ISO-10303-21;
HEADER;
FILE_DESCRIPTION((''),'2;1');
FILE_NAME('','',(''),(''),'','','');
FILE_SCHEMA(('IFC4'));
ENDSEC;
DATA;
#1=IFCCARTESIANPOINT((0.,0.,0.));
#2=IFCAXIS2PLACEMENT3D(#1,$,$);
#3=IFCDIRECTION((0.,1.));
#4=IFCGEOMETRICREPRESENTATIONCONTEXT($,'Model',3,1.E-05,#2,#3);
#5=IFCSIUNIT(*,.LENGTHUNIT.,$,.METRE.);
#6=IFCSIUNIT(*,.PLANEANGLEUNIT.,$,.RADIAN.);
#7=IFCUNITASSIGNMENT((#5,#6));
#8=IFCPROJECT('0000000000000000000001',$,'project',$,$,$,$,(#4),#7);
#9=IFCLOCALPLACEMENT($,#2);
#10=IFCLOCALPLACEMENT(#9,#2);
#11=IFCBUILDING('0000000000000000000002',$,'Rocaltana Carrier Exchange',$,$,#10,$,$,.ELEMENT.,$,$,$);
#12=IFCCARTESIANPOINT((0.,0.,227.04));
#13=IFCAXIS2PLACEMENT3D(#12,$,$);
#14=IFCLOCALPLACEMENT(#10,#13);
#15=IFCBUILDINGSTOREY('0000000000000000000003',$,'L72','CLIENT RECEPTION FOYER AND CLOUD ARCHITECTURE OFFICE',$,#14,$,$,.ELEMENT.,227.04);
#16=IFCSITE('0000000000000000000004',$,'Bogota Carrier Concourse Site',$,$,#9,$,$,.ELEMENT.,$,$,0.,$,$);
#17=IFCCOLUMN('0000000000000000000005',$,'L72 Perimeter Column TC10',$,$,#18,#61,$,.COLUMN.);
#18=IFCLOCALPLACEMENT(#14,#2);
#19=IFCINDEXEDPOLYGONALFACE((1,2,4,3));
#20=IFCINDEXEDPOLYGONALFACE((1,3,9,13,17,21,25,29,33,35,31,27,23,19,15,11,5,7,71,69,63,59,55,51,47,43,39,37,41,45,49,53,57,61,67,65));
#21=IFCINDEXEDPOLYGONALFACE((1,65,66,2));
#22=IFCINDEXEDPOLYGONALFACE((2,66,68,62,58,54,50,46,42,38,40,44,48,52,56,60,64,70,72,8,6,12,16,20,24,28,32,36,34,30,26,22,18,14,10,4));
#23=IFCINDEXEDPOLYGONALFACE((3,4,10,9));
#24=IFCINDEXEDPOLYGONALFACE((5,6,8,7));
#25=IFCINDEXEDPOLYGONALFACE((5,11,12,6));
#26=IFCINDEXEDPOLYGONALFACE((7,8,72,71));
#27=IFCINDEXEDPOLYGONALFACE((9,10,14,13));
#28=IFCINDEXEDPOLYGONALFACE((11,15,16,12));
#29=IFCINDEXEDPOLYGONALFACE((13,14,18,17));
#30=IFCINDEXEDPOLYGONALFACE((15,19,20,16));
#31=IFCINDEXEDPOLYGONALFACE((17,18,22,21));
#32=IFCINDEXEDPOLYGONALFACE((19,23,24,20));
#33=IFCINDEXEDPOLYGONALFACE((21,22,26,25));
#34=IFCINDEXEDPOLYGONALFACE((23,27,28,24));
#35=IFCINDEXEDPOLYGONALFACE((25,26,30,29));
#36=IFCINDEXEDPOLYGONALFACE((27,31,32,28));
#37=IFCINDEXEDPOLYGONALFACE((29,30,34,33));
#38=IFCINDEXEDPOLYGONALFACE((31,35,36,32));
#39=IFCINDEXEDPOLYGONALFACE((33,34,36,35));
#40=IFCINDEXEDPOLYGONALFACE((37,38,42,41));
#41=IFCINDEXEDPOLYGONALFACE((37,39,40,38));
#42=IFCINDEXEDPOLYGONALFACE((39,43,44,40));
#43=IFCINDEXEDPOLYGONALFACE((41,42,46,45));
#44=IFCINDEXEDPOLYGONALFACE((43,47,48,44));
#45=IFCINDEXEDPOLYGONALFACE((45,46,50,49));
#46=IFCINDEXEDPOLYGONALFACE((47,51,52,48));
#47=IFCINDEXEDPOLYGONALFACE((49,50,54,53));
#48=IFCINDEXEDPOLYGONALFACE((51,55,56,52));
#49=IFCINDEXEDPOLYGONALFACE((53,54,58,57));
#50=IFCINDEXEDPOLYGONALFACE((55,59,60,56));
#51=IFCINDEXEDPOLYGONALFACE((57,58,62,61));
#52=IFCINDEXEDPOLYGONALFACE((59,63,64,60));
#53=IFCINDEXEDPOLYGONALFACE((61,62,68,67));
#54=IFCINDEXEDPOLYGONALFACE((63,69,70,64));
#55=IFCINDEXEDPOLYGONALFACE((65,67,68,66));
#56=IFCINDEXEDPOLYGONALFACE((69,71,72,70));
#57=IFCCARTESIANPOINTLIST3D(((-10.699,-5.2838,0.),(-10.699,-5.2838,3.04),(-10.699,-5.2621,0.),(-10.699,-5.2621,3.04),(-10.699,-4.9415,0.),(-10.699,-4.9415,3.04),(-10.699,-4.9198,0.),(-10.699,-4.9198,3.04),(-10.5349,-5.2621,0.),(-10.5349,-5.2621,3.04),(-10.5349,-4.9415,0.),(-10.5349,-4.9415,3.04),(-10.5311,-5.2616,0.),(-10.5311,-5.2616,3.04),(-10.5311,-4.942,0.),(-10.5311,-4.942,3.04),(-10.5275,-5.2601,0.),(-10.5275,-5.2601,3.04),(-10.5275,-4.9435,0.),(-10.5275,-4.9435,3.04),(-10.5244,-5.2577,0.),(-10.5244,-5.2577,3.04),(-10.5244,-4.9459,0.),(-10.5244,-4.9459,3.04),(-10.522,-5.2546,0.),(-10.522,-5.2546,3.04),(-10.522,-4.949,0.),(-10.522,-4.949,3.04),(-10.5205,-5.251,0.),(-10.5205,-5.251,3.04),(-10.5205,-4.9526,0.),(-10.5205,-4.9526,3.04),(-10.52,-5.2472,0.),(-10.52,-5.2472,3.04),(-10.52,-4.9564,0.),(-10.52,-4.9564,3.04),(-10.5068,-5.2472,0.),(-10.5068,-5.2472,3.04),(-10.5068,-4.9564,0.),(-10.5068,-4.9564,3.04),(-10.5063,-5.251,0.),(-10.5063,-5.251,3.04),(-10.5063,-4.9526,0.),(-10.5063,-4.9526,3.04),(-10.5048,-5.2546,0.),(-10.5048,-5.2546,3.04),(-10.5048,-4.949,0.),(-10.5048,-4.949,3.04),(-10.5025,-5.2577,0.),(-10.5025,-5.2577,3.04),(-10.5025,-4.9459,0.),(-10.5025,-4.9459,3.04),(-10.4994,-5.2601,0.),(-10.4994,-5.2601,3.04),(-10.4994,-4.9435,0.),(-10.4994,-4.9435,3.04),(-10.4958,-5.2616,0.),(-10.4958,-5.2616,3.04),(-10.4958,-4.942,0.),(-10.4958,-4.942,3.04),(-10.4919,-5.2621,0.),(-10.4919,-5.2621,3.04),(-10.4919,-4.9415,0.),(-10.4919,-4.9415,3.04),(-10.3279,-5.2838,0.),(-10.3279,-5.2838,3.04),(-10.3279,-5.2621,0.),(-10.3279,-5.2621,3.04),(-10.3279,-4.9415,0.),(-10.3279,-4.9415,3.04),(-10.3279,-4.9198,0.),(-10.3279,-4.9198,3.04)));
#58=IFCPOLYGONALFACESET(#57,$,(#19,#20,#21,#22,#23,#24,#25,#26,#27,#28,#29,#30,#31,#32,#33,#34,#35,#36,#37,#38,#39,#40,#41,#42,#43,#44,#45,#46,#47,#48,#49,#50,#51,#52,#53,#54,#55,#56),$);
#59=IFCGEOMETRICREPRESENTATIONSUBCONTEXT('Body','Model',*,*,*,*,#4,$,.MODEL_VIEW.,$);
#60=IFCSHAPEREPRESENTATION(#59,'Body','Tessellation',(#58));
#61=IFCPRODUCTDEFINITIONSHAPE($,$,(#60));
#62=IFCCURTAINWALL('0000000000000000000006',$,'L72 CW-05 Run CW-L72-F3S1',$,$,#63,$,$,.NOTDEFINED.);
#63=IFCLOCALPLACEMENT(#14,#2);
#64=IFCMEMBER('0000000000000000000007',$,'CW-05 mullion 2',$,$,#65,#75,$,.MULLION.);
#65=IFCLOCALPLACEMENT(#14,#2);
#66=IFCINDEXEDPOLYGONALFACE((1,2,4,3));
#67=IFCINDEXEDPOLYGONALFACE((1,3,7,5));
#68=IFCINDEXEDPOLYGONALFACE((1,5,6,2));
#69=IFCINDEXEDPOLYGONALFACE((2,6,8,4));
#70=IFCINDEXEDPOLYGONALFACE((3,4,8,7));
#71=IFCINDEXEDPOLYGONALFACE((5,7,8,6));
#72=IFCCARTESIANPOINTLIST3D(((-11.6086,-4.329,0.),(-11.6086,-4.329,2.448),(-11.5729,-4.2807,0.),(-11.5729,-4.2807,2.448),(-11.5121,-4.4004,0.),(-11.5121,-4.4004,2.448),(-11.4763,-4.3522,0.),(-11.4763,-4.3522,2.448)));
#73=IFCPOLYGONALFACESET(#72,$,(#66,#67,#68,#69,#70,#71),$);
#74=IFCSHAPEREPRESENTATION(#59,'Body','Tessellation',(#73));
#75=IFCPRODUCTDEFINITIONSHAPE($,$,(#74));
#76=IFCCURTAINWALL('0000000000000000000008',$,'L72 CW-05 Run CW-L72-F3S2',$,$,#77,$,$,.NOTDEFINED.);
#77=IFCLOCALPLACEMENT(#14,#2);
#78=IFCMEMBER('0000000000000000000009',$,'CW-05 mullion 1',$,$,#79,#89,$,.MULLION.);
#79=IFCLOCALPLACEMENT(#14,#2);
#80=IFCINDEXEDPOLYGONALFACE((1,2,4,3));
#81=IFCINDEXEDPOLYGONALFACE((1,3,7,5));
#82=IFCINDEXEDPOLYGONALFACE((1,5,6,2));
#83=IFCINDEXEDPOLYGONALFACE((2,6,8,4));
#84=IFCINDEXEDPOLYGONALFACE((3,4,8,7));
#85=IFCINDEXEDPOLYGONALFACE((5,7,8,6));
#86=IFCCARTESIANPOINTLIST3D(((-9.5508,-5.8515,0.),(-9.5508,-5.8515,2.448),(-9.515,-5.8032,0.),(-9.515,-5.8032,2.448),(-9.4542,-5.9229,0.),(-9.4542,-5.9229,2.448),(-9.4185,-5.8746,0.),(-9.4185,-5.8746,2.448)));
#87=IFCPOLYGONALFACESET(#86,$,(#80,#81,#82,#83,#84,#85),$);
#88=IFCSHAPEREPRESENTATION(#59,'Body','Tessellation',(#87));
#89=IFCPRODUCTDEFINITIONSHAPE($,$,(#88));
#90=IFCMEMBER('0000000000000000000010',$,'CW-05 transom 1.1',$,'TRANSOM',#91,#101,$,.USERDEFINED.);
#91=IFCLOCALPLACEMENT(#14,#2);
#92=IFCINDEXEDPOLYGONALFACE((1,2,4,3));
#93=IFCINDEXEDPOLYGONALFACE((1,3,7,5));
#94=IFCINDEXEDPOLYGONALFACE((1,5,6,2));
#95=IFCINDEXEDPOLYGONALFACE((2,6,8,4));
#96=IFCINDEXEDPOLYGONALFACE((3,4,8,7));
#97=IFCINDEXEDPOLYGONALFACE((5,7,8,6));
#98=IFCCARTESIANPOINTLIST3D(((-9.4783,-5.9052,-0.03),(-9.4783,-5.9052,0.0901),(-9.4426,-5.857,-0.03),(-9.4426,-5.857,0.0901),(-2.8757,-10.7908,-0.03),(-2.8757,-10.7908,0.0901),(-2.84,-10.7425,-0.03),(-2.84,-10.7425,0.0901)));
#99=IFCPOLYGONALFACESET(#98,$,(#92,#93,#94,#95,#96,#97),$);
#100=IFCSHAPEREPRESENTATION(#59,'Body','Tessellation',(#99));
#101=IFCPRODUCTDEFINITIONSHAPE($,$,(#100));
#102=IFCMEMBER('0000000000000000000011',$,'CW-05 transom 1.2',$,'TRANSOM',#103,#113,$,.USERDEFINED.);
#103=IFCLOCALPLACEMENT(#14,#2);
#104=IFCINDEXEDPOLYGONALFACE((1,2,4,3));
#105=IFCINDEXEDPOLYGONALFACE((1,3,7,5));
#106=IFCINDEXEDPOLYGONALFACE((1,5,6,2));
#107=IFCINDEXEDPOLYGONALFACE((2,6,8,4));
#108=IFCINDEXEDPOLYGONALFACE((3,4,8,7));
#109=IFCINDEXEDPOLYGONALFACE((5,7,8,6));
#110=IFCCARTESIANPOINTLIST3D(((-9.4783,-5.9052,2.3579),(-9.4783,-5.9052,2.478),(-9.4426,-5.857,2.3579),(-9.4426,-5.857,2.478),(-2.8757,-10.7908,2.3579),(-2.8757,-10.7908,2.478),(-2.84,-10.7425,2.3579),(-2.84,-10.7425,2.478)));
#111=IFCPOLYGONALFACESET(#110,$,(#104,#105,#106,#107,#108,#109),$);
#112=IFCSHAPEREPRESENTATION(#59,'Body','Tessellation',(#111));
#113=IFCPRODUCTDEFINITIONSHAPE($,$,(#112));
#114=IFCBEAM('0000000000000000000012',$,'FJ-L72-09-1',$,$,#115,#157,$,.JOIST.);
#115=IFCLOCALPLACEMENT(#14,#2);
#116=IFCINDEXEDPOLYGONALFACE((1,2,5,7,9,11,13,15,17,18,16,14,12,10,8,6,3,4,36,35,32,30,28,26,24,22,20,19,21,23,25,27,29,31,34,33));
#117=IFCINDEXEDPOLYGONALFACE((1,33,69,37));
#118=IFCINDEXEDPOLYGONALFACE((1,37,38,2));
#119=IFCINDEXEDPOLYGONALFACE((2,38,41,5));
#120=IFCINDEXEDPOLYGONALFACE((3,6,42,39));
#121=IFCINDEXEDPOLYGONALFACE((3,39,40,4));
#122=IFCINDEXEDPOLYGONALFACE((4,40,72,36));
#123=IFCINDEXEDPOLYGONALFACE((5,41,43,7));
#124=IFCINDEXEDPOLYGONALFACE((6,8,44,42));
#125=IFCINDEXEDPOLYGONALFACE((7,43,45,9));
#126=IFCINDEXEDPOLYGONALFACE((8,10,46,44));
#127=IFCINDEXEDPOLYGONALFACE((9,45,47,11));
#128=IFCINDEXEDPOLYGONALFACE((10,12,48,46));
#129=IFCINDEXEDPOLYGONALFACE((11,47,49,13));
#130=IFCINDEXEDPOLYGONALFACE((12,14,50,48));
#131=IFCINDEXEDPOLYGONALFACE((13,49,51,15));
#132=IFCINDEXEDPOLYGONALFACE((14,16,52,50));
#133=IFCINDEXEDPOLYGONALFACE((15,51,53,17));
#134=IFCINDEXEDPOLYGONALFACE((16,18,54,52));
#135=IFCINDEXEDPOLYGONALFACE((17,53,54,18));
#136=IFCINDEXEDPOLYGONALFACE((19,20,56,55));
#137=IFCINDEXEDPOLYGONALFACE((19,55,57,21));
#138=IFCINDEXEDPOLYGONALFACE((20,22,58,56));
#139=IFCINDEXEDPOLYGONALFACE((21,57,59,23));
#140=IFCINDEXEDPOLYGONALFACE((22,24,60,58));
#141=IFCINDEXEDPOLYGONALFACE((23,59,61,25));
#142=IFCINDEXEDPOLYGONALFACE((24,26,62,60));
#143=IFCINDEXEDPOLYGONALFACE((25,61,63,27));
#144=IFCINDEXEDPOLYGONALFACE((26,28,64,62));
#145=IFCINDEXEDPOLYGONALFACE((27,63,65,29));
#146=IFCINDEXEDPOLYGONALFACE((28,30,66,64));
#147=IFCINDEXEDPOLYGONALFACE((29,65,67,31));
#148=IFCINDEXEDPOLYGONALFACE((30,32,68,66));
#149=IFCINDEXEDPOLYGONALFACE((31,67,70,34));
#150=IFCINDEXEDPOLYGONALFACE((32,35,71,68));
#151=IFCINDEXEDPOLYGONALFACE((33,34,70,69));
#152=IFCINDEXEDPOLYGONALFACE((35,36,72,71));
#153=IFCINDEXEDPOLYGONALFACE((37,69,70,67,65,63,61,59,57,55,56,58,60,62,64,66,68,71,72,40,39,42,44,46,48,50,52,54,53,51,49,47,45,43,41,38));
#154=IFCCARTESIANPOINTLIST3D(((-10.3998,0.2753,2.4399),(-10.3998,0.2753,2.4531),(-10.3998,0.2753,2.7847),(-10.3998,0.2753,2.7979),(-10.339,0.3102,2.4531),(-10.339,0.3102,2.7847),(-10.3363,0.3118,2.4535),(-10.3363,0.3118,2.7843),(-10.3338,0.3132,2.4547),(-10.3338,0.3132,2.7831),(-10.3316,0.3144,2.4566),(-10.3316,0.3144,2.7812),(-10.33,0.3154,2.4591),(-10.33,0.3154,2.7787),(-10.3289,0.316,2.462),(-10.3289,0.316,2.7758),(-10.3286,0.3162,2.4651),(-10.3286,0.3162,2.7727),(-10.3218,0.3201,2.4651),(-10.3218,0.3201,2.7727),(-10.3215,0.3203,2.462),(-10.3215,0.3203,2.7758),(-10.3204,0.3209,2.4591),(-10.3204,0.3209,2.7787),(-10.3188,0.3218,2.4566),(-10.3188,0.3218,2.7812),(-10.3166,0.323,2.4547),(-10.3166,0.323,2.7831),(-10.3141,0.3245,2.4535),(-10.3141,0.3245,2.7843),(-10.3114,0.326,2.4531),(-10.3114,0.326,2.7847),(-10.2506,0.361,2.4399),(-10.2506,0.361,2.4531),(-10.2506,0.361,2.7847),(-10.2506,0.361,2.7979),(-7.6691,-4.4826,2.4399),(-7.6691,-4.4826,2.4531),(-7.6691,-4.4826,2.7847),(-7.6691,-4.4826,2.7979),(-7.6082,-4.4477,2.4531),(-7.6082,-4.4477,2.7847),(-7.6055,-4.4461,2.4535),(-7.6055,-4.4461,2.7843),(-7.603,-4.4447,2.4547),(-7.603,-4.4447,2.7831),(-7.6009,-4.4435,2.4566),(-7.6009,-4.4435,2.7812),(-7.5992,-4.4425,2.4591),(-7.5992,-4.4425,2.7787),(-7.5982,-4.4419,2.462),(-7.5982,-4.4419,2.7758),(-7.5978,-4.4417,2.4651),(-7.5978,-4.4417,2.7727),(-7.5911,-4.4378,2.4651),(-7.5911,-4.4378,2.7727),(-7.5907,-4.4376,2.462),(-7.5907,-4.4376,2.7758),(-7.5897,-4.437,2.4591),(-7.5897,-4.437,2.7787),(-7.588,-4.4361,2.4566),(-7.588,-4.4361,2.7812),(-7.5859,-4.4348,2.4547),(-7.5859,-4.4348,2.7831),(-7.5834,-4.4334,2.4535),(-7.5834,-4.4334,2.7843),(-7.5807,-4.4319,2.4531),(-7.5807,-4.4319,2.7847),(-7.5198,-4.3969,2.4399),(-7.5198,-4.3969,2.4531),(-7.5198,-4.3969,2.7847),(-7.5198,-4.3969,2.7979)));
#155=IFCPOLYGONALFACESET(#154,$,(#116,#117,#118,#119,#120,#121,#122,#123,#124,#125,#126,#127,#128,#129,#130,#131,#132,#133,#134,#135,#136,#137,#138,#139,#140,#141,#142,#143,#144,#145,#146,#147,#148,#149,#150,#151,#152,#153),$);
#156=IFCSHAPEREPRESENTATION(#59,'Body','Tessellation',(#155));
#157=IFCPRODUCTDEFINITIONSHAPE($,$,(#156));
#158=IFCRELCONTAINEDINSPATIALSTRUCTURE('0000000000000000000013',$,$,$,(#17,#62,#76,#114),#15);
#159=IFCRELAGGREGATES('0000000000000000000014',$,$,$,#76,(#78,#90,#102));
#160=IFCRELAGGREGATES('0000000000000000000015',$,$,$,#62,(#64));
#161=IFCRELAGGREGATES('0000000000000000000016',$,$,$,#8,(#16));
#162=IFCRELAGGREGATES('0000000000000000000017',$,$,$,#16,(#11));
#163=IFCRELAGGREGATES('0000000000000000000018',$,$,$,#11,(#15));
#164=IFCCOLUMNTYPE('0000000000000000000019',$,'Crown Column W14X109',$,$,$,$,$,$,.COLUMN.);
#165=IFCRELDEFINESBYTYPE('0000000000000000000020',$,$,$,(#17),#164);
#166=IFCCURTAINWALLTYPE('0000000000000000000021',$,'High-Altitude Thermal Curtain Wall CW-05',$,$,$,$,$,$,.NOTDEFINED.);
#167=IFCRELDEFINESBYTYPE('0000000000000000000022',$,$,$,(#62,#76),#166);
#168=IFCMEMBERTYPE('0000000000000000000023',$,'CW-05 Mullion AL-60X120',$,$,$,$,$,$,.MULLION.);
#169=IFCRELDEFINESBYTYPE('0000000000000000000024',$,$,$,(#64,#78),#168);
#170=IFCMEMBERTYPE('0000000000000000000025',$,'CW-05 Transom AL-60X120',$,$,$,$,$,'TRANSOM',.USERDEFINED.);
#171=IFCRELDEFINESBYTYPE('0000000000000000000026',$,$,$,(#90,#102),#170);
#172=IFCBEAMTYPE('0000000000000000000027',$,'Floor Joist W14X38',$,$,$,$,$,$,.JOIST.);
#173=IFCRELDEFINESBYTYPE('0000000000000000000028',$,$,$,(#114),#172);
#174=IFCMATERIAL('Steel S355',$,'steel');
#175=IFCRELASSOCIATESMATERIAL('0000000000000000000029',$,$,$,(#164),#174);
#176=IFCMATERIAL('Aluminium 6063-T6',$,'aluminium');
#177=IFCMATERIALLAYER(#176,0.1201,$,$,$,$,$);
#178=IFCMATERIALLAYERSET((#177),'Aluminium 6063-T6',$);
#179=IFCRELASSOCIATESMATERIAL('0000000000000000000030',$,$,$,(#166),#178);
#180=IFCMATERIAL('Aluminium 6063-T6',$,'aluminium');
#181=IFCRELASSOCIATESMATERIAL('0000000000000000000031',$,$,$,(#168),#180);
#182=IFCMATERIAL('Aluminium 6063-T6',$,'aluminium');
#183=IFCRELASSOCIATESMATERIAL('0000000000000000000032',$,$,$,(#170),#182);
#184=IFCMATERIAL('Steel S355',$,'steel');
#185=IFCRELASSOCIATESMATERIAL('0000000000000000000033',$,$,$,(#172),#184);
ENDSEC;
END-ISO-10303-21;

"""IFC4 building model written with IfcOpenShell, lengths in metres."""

from ifc_helpers import new_model, si_unit, direction, frame, origin, origin_2d, place, context, subcontext, project, spatial, rectangle, i_section, extrude, material, layer, layer_set, material_profile, profile_set, type_object, element, aggregate, save


model = new_model("IFC4")

# Units and contexts
model_context = context("Model", 3, precision=1e-05, world=origin(), true_north=direction((0.0, 1.0)))
body_context = subcontext(model_context, "Body", "Model", "MODEL_VIEW")
ifc_project = project(units=[si_unit("LENGTHUNIT", "METRE"), si_unit("PLANEANGLEUNIT", "RADIAN")], contexts=[model_context])

# Site, building, storey
site_placement = place(None, origin())
site = spatial("IfcSite", under=ifc_project, at=site_placement, Name="Bogota Carrier Concourse Site", CompositionType="ELEMENT", RefElevation=0.0)
building_placement = place(site_placement, origin())
building = spatial("IfcBuilding", under=site, at=building_placement, Name="Rocaltana Carrier Exchange", CompositionType="ELEMENT")
storey_placement = place(building_placement, frame((0.0, 0.0, 227.04)))
storey = spatial("IfcBuildingStorey", under=building, at=storey_placement, Name="L72", Description="CLIENT RECEPTION FOYER AND CLOUD ARCHITECTURE OFFICE", CompositionType="ELEMENT", Elevation=227.04)

# Column
ifc_material_1 = material(Name="Steel S355", Category="steel")
ifc_material_profile_1 = material_profile(ifc_material_1, i_section(OverallWidth=0.3711, OverallDepth=0.364, WebThickness=0.0132, FlangeThickness=0.0217, FilletRadius=0.0149, at=origin_2d()), Name="W14X109")
ifc_profile_set_1 = profile_set([ifc_material_profile_1], Name="Steel S355")
column_type = type_object("IfcColumnType", Name="Crown Column W14X109", PredefinedType="COLUMN", material=ifc_profile_set_1)
column_placement = place(storey_placement, frame((-10.5134, -5.1018, 0.0), z_axis=(0.0, 0.0, 1.0), x_axis=(1.0, 0.0, 0.0)))
element("IfcColumn", 1, at=column_placement, inside=storey, type_object=column_type, Name="L72 Perimeter Column TC10", PredefinedType="COLUMN", context=body_context, shape_type="SweptSolid", body=[
    extrude(i_section(OverallWidth=0.3711, OverallDepth=0.364, WebThickness=0.0132, FlangeThickness=0.0217, FilletRadius=0.0149, at=origin_2d()), origin(), (0.0, 0.0, 1.0), 3.04),
])

# Curtain wall, member
ifc_material_2 = material(Name="Aluminium 6063-T6", Category="aluminium")
ifc_layer_1 = layer(ifc_material_2, 0.1201)
ifc_layer_set_1 = layer_set([ifc_layer_1], Name="Aluminium 6063-T6")
curtain_wall_type = type_object("IfcCurtainWallType", Name="High-Altitude Thermal Curtain Wall CW-05", PredefinedType="NOTDEFINED", material=ifc_layer_set_1)
curtain_wall_1_placement = place(storey_placement, origin())
curtain_wall_1 = element("IfcCurtainWall", 2, at=curtain_wall_1_placement, inside=storey, type_object=curtain_wall_type, Name="L72 CW-05 Run CW-L72-F3S1", PredefinedType="NOTDEFINED")
ifc_material_3 = material(Name="Aluminium 6063-T6", Category="aluminium")
ifc_material_profile_2 = material_profile(ifc_material_3, rectangle(XDim=0.0601, YDim=0.1201, at=origin_2d()), Name="AL-60X120")
ifc_profile_set_2 = profile_set([ifc_material_profile_2], Name="Aluminium 6063-T6")
member_type_1 = type_object("IfcMemberType", Name="CW-05 Mullion AL-60X120", PredefinedType="MULLION", material=ifc_profile_set_2)
member_1_placement = place(storey_placement, frame((-11.5425, -4.3406, 0.0), z_axis=(0.0, 0.0, 1.0), x_axis=(0.594827, 0.803854, 0.0)))
member_1 = element("IfcMember", 3, at=member_1_placement, type_object=member_type_1, Name="CW-05 mullion 2", PredefinedType="MULLION", context=body_context, shape_type="SweptSolid", body=[
    extrude(rectangle(XDim=0.0601, YDim=0.1201, at=origin_2d()), origin(), (0.0, 0.0, 1.0), 2.448),
])

# Curtain wall, members
curtain_wall_2_placement = place(storey_placement, origin())
curtain_wall_2 = element("IfcCurtainWall", 4, at=curtain_wall_2_placement, inside=storey, type_object=curtain_wall_type, Name="L72 CW-05 Run CW-L72-F3S2", PredefinedType="NOTDEFINED")
member_2_placement = place(storey_placement, frame((-9.4846, -5.863, 0.0), z_axis=(0.0, 0.0, 1.0), x_axis=(0.594821, 0.803858, 0.0)))
member_2 = element("IfcMember", 5, at=member_2_placement, type_object=member_type_1, Name="CW-05 mullion 1", PredefinedType="MULLION", context=body_context, shape_type="SweptSolid", body=[
    extrude(rectangle(XDim=0.0601, YDim=0.1201, at=origin_2d()), origin(), (0.0, 0.0, 1.0), 2.448),
])
ifc_material_4 = material(Name="Aluminium 6063-T6", Category="aluminium")
ifc_material_profile_3 = material_profile(ifc_material_4, rectangle(XDim=0.0601, YDim=0.1201, at=origin_2d()), Name="AL-60X120")
ifc_profile_set_3 = profile_set([ifc_material_profile_3], Name="Aluminium 6063-T6")
member_type_2 = type_object("IfcMemberType", Name="CW-05 Transom AL-60X120", ElementType="TRANSOM", PredefinedType="USERDEFINED", material=ifc_profile_set_3)
member_3_placement = place(storey_placement, frame((-9.4604, -5.8811, 0.03), z_axis=(0.803864, -0.594813, 0.0), x_axis=(0.594813, 0.803864, 0.0)))
member_3 = element("IfcMember", 6, at=member_3_placement, type_object=member_type_2, Name="CW-05 transom 1.1", ObjectType="TRANSOM", PredefinedType="USERDEFINED", context=body_context, shape_type="SweptSolid", body=[
    extrude(rectangle(XDim=0.0601, YDim=0.1201, at=origin_2d()), origin(), (0.0, 0.0, 1.0), 8.2136),
])
member_4_placement = place(storey_placement, frame((-9.4604, -5.8811, 2.418), z_axis=(0.803864, -0.594813, 0.0), x_axis=(0.594813, 0.803864, 0.0)))
member_4 = element("IfcMember", 7, at=member_4_placement, type_object=member_type_2, Name="CW-05 transom 1.2", ObjectType="TRANSOM", PredefinedType="USERDEFINED", context=body_context, shape_type="SweptSolid", body=[
    extrude(rectangle(XDim=0.0601, YDim=0.1201, at=origin_2d()), origin(), (0.0, 0.0, 1.0), 8.2136),
])
aggregate(curtain_wall_2, [member_2, member_3, member_4])

# Beam
ifc_material_5 = material(Name="Steel S355", Category="steel")
ifc_material_profile_4 = material_profile(ifc_material_5, i_section(OverallWidth=0.1721, OverallDepth=0.3579, WebThickness=0.0078, FlangeThickness=0.0132, FilletRadius=0.012, at=origin_2d()), Name="W14X38")
ifc_profile_set_4 = profile_set([ifc_material_profile_4], Name="Steel S355")
beam_type_1 = type_object("IfcBeamType", Name="Floor Joist W14X38", PredefinedType="JOIST", material=ifc_profile_set_4)
beam_1_placement = place(storey_placement, frame((-10.3252, 0.3181, 2.6189), z_axis=(0.497782, -0.867302, 0.0), x_axis=(0.867302, 0.497782, 0.0)))
element("IfcBeam", 8, at=beam_1_placement, inside=storey, type_object=beam_type_1, Name="FJ-L72-09-1", PredefinedType="JOIST", context=body_context, shape_type="SweptSolid", body=[
    extrude(i_section(OverallWidth=0.1721, OverallDepth=0.3579, WebThickness=0.0078, FlangeThickness=0.0132, FilletRadius=0.012, at=origin_2d()), origin(), (0.0, 0.0, 1.0), 5.4858),
])

aggregate(curtain_wall_1, [member_1])

save(model, "model.ifc")
